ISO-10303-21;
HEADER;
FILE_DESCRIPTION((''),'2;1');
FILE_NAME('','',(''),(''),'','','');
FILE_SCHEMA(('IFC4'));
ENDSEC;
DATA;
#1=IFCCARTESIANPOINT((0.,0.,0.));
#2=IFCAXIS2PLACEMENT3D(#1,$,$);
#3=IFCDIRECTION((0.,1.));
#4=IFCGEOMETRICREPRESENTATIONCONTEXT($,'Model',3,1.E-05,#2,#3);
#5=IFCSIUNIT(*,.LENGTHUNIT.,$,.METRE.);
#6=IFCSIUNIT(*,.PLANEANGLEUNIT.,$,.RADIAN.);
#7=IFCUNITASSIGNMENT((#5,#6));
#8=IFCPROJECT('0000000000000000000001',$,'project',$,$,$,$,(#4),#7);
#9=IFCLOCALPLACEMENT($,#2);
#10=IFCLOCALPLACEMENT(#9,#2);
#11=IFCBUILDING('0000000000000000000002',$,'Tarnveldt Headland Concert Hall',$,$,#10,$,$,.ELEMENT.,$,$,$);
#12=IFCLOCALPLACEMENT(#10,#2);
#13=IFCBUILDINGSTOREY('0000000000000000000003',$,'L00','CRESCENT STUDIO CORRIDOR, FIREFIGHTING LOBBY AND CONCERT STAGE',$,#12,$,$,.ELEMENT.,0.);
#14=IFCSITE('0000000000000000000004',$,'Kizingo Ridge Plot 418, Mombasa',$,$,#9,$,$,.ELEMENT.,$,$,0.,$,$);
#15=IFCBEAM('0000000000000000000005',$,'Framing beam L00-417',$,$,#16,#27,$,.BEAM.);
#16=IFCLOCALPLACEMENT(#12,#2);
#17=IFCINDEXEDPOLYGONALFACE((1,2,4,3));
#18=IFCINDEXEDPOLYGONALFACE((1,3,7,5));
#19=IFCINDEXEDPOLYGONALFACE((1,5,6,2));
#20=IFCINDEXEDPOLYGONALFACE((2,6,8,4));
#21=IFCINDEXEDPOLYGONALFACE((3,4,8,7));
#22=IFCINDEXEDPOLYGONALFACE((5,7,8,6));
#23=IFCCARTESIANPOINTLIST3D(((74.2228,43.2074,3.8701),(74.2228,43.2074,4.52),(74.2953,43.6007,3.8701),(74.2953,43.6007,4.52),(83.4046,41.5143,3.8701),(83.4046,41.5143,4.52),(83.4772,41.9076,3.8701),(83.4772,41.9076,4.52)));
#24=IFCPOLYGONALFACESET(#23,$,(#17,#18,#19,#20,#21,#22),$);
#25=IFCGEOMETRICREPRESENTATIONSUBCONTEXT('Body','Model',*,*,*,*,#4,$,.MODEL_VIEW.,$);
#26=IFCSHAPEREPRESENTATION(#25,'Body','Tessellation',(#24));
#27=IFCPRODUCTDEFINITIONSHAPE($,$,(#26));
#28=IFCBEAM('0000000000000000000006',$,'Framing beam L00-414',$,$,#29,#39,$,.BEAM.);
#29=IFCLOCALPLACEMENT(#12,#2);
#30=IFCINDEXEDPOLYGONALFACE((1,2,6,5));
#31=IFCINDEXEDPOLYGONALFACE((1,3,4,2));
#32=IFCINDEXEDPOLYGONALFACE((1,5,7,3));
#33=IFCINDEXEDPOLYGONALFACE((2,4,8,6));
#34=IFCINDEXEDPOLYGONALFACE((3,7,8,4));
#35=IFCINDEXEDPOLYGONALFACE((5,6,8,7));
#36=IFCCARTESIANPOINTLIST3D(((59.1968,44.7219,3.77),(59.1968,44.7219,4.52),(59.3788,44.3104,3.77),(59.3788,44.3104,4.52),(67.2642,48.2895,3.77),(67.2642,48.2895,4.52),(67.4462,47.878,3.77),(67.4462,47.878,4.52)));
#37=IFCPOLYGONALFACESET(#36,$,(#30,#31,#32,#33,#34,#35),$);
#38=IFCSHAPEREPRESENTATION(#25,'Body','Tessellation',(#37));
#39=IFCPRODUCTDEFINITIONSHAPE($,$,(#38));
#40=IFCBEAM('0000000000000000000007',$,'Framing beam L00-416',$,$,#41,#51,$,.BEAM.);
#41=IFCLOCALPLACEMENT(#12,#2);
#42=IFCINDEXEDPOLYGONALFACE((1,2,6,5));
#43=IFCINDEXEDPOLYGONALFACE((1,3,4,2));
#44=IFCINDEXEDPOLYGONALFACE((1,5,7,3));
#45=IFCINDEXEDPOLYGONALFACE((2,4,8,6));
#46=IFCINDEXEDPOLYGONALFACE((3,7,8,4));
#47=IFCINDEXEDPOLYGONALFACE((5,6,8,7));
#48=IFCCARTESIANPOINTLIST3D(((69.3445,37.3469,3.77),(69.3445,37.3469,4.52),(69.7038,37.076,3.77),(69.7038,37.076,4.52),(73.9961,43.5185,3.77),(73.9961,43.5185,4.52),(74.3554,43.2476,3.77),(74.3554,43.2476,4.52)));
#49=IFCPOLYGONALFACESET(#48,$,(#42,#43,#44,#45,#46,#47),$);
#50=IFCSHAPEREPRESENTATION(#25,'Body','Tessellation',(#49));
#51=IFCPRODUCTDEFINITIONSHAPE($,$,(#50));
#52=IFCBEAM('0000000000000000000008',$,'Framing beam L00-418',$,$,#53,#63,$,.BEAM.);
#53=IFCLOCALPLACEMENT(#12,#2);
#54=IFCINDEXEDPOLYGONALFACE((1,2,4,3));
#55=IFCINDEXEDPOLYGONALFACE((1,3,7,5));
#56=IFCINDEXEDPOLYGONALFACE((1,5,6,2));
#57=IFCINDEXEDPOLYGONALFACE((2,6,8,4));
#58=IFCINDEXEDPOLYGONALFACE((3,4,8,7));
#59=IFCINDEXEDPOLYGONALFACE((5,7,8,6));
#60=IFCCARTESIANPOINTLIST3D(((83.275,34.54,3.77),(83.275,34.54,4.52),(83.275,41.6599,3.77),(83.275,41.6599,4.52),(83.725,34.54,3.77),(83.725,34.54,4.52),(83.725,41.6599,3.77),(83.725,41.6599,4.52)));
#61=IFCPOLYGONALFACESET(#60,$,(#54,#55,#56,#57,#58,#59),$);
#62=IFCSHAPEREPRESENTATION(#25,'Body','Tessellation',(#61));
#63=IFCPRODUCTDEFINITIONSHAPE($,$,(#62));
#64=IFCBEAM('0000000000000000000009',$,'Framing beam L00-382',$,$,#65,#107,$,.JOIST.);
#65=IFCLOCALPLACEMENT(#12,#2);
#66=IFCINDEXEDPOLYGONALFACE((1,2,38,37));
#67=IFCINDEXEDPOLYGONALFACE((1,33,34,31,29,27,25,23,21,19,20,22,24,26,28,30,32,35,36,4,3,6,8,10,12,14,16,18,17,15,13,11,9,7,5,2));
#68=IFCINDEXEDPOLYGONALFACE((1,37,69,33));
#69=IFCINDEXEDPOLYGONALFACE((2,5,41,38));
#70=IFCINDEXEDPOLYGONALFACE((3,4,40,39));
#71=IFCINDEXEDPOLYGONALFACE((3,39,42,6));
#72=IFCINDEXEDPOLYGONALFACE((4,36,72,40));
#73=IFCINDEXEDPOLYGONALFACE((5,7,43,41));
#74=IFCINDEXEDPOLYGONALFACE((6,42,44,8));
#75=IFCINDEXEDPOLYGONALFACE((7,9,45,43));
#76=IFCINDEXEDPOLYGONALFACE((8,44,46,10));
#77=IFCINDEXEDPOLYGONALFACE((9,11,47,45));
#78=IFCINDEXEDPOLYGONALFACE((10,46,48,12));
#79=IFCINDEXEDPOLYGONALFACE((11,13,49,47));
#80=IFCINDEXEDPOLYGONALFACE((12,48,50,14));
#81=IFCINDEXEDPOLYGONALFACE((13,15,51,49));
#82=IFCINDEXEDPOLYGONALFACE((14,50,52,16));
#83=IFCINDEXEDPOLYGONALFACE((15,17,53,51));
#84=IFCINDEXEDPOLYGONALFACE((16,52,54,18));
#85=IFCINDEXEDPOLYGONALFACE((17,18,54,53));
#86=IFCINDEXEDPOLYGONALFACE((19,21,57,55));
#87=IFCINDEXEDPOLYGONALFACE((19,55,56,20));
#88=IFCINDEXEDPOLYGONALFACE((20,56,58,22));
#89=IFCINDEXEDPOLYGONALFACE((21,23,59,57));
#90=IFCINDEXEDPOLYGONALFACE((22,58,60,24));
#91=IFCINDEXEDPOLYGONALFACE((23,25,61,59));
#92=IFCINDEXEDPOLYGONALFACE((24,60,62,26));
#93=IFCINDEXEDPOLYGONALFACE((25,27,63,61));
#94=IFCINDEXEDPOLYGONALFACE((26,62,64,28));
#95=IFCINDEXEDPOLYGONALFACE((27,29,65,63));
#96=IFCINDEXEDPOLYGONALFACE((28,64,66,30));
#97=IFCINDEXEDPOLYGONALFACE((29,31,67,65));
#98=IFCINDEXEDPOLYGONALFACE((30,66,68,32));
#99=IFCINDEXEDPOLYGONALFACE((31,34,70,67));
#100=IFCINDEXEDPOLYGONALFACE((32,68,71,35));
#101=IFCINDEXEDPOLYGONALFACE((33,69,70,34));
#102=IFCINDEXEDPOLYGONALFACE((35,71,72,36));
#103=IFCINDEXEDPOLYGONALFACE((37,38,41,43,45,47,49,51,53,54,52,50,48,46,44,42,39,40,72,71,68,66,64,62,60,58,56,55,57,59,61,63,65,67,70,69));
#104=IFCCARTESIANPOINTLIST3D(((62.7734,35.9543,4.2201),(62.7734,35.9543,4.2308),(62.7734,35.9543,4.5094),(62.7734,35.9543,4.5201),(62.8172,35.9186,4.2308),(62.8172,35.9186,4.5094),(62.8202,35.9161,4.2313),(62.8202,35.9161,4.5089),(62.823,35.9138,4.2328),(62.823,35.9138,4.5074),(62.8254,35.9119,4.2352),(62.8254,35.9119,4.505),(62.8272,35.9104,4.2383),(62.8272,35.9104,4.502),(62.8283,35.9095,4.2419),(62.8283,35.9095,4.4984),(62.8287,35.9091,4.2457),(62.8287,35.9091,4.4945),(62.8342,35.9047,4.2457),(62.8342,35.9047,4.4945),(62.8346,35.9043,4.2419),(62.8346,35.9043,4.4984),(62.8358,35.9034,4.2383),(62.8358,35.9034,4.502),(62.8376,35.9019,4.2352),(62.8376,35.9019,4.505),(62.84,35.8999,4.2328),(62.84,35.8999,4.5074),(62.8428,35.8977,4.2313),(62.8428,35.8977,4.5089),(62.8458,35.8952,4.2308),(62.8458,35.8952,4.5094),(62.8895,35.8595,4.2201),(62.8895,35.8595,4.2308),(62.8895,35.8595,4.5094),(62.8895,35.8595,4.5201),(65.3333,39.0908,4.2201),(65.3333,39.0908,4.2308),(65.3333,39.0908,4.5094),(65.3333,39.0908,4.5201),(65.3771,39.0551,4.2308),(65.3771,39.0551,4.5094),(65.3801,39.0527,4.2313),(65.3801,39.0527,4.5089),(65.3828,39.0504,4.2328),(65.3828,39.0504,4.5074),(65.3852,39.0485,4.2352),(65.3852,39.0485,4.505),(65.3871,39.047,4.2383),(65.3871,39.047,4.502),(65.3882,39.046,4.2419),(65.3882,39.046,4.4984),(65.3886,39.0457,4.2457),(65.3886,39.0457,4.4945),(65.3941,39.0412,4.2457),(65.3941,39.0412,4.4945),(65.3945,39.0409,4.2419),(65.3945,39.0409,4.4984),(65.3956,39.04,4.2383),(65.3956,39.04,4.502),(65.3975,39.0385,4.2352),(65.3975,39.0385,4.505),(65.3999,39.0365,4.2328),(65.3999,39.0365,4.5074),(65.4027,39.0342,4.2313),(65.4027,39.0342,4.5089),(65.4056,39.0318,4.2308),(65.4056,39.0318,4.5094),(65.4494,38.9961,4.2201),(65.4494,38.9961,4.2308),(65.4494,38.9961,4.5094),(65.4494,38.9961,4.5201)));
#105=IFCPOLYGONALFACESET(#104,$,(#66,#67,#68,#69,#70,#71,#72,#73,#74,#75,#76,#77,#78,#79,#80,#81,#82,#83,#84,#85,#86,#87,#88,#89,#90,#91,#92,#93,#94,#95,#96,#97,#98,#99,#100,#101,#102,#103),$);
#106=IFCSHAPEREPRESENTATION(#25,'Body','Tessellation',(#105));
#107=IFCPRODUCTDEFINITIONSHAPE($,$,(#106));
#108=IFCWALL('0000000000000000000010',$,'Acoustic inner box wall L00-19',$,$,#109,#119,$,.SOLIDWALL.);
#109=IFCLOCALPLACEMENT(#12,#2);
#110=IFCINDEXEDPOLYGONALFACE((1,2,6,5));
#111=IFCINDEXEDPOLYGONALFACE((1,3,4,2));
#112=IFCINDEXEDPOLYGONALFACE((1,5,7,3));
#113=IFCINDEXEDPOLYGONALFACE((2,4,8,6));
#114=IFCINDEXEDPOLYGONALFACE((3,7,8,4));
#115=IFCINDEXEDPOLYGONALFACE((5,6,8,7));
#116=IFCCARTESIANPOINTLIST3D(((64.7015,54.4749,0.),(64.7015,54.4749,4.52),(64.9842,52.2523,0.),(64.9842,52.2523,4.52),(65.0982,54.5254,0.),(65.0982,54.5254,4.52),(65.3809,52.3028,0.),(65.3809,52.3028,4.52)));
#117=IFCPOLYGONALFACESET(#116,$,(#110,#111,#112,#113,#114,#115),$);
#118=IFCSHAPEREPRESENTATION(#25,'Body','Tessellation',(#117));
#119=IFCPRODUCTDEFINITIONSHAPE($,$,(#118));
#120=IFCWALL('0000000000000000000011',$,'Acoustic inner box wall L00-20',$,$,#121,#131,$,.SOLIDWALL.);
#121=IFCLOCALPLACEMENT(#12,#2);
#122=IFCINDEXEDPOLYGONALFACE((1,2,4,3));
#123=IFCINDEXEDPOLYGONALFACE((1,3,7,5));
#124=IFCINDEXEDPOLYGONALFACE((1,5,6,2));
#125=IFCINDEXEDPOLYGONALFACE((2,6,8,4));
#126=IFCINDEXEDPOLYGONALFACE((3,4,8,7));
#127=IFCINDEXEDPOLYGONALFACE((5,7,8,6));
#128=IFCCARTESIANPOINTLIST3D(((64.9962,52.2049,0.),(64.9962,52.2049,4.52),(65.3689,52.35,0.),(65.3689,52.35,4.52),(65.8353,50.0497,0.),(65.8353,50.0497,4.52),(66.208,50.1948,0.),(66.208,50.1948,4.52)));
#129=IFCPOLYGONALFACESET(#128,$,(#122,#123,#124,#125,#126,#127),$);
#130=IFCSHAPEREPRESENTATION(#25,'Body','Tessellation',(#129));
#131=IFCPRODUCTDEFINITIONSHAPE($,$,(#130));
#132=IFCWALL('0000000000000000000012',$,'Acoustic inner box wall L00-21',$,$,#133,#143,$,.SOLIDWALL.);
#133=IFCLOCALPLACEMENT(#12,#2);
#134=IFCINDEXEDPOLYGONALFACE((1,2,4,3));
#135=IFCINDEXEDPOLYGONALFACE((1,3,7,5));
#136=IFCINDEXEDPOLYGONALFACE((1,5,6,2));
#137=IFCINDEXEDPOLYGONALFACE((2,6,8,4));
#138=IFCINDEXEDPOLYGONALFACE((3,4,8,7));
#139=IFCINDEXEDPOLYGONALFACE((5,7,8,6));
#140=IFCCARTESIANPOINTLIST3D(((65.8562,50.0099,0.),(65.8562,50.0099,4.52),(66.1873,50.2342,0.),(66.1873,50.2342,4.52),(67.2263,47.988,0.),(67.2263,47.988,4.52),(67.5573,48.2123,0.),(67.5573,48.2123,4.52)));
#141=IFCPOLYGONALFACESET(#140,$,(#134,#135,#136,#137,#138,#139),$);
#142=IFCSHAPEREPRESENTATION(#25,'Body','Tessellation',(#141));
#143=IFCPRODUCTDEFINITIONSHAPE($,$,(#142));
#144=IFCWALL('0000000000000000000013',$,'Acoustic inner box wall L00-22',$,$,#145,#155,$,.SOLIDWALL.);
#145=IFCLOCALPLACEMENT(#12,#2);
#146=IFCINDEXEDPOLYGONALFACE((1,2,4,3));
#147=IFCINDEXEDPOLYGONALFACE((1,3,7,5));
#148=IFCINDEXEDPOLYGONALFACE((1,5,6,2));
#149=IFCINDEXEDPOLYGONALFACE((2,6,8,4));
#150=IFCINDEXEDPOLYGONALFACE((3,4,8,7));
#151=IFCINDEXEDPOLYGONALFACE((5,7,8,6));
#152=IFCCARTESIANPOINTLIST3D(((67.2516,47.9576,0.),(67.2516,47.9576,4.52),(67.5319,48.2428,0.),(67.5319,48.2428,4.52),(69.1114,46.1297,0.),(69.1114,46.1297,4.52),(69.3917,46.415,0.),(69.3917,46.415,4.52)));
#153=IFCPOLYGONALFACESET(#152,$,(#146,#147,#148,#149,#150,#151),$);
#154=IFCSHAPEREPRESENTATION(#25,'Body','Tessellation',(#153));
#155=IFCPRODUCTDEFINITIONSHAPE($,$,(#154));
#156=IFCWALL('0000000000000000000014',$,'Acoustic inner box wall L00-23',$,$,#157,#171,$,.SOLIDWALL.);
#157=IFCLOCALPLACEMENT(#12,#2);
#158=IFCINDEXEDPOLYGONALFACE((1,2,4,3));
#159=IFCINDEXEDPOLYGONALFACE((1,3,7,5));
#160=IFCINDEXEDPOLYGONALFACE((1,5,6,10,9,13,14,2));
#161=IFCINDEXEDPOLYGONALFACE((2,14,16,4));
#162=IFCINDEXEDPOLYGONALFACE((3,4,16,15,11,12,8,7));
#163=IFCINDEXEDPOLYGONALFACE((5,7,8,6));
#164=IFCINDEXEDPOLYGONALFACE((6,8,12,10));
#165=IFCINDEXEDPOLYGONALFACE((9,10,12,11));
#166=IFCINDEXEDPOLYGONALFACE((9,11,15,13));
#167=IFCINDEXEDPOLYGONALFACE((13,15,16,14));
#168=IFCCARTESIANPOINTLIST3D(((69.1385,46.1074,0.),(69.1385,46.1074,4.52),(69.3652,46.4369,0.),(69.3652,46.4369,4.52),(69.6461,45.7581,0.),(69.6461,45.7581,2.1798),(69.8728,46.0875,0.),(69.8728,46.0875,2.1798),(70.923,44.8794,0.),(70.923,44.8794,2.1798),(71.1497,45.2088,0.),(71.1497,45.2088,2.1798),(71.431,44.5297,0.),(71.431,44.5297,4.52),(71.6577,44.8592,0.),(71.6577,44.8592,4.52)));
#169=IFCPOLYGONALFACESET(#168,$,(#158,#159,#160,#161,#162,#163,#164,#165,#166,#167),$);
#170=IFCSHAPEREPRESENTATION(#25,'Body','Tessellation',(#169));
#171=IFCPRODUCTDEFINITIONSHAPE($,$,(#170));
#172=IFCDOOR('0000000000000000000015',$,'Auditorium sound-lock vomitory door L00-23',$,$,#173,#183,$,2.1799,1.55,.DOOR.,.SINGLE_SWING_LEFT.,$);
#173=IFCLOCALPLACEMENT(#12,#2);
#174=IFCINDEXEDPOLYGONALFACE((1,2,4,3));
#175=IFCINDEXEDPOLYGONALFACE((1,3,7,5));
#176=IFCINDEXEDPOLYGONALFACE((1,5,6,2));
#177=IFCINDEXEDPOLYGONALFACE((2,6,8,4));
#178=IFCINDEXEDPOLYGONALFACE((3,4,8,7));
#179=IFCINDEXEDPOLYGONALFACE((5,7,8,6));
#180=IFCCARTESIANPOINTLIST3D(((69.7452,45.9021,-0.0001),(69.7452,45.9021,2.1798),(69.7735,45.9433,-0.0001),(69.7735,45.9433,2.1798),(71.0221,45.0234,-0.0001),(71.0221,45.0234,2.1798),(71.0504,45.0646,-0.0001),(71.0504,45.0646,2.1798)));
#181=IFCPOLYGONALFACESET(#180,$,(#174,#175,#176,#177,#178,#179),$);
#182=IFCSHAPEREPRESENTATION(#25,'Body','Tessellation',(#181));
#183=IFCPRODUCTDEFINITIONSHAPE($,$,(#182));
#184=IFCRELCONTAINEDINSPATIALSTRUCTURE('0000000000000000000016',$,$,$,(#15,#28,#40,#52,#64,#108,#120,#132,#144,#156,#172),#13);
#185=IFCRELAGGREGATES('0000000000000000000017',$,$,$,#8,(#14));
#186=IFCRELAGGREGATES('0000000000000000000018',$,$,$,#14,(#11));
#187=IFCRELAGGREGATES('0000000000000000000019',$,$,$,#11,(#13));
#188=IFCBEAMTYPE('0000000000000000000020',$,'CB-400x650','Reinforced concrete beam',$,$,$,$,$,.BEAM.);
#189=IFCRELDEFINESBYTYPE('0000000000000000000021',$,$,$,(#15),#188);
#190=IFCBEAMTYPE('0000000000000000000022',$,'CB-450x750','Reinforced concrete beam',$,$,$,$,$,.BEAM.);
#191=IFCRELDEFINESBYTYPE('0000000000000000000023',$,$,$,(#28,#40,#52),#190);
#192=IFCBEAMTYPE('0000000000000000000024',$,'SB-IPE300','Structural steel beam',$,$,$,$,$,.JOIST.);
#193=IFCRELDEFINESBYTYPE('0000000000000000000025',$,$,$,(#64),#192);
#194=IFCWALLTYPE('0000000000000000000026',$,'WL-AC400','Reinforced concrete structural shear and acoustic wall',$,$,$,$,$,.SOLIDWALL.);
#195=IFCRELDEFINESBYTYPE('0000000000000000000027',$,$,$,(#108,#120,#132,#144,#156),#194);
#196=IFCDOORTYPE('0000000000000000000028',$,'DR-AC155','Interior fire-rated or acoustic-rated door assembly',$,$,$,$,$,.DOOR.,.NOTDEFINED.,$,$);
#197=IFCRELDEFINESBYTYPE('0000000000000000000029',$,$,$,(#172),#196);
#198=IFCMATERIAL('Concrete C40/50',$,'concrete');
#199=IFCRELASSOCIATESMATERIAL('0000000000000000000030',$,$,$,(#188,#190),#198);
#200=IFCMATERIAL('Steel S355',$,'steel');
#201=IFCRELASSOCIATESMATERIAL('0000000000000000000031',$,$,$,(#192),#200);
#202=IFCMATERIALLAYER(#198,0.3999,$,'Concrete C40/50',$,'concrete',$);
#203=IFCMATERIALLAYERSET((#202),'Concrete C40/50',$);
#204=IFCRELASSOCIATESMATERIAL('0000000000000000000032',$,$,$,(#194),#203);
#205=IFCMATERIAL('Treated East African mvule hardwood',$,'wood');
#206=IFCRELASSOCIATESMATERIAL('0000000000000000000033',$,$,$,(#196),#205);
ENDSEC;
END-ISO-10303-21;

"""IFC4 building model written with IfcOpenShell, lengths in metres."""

from ifc_helpers import new_model, si_unit, direction, frame, frame_2d, origin, origin_2d, place, context, subcontext, project, spatial, rectangle, i_section, extrude, material, layer, layer_set, material_profile, profile_set, type_object, element, fill, save


model = new_model("IFC4")

# Units and contexts
model_context = context("Model", 3, precision=1e-05, world=origin(), true_north=direction((0.0, 1.0)))
body_context = subcontext(model_context, "Body", "Model", "MODEL_VIEW")
ifc_project = project(units=[si_unit("LENGTHUNIT", "METRE"), si_unit("PLANEANGLEUNIT", "RADIAN")], contexts=[model_context])

# Site, building, storey
site_placement = place(None, origin())
site = spatial("IfcSite", under=ifc_project, at=site_placement, Name="Kizingo Ridge Plot 418, Mombasa", CompositionType="ELEMENT", RefElevation=0.0)
building_placement = place(site_placement, origin())
building = spatial("IfcBuilding", under=site, at=building_placement, Name="Tarnveldt Headland Concert Hall", CompositionType="ELEMENT")
storey_placement = place(building_placement, origin())
storey = spatial("IfcBuildingStorey", under=building, at=storey_placement, Name="L00", Description="CRESCENT STUDIO CORRIDOR, FIREFIGHTING LOBBY AND CONCERT STAGE", CompositionType="ELEMENT", Elevation=0.0)

# Shared definitions
ifc_material_1 = material(Name="Concrete C40/50", Category="concrete")
ifc_material_2 = material(Name="Steel S355", Category="steel")

# Beams
ifc_material_profile_1 = material_profile(ifc_material_1, rectangle(XDim=0.3999, YDim=0.6499, at=origin_2d()), Name="RC 400x650", Category="concrete")
ifc_profile_set_1 = profile_set([ifc_material_profile_1], Name="Concrete C40/50")
beam_type_1 = type_object("IfcBeamType", Name="CB-400x650", Description="Reinforced concrete beam", PredefinedType="BEAM", material=ifc_profile_set_1)
beam_1_placement = place(storey_placement, frame((74.259, 43.4041, 4.1951), z_axis=(0.98342, -0.18134, 0.0), x_axis=(0.18134, 0.98342, 0.0)))
element("IfcBeam", 1, at=beam_1_placement, inside=storey, type_object=beam_type_1, Name="Framing beam L00-417", PredefinedType="BEAM", context=body_context, shape_type="SweptSolid", body=[
    extrude(rectangle(XDim=0.3999, YDim=0.6499, at=origin_2d()), origin(), (0.0, 0.0, 1.0), 9.3367),
])
ifc_material_profile_2 = material_profile(ifc_material_1, rectangle(XDim=0.45, YDim=0.75, at=origin_2d()), Name="RC 450x750", Category="concrete")
ifc_profile_set_2 = profile_set([ifc_material_profile_2], Name="Concrete C40/50")
beam_type_2 = type_object("IfcBeamType", Name="CB-450x750", Description="Reinforced concrete beam", PredefinedType="BEAM", material=ifc_profile_set_2)
beam_2_placement = place(storey_placement, frame((67.3552, 48.0837, 4.145), z_axis=(-0.914562, -0.404445, 0.0), x_axis=(0.404445, -0.914562, 0.0)))
element("IfcBeam", 2, at=beam_2_placement, inside=storey, type_object=beam_type_2, Name="Framing beam L00-414", PredefinedType="BEAM", context=body_context, shape_type="SweptSolid", body=[
    extrude(rectangle(XDim=0.45, YDim=0.75, at=origin_2d()), origin(), (0.0, 0.0, 1.0), 8.821),
])
beam_3_placement = place(storey_placement, frame((74.1758, 43.3831, 4.145), z_axis=(-0.601894, -0.798576, 0.0), x_axis=(0.798576, -0.601894, 0.0)))
element("IfcBeam", 3, at=beam_3_placement, inside=storey, type_object=beam_type_2, Name="Framing beam L00-416", PredefinedType="BEAM", context=body_context, shape_type="SweptSolid", body=[
    extrude(rectangle(XDim=0.45, YDim=0.75, at=origin_2d()), origin(), (0.0, 0.0, 1.0), 7.7283),
])
beam_4_placement = place(storey_placement, frame((83.5, 41.6599, 4.145), z_axis=(0.0, -1.0, 0.0), x_axis=(1.0, 0.0, 0.0)))
element("IfcBeam", 4, at=beam_4_placement, inside=storey, type_object=beam_type_2, Name="Framing beam L00-418", PredefinedType="BEAM", context=body_context, shape_type="SweptSolid", body=[
    extrude(rectangle(XDim=0.45, YDim=0.75, at=origin_2d()), origin(), (0.0, 0.0, 1.0), 7.1199),
])
ifc_material_profile_3 = material_profile(ifc_material_2, i_section(OverallWidth=0.1499, OverallDepth=0.3, WebThickness=0.0071, FlangeThickness=0.0107, FilletRadius=0.0149, at=origin_2d()), Name="IPE300", Category="steel")
ifc_profile_set_3 = profile_set([ifc_material_profile_3], Name="Steel S355")
beam_type_3 = type_object("IfcBeamType", Name="SB-IPE300", Description="Structural steel beam", PredefinedType="JOIST", material=ifc_profile_set_3)
beam_5_placement = place(storey_placement, frame((65.3914, 39.0435, 4.3701), z_axis=(-0.632292, -0.774731, 0.0), x_axis=(0.774731, -0.632292, 0.0)))
element("IfcBeam", 5, at=beam_5_placement, inside=storey, type_object=beam_type_3, Name="Framing beam L00-382", PredefinedType="JOIST", context=body_context, shape_type="SweptSolid", body=[
    extrude(i_section(OverallWidth=0.1499, OverallDepth=0.3, WebThickness=0.0071, FlangeThickness=0.0107, FilletRadius=0.0149, at=origin_2d()), origin(), (0.0, 0.0, 1.0), 4.0486),
])

# Walls
ifc_layer_1 = layer(ifc_material_1, 0.3999, Name="Concrete C40/50", Category="concrete")
ifc_layer_set_1 = layer_set([ifc_layer_1], Name="Concrete C40/50")
wall_type_1 = type_object("IfcWallType", Name="WL-AC400", Description="Reinforced concrete structural shear and acoustic wall", PredefinedType="SOLIDWALL", material=ifc_layer_set_1)
wall_1_placement = place(storey_placement, frame((64.8999, 54.5, 0.0), z_axis=(0.0, 0.0, 1.0), x_axis=(0.12618, -0.992007, 0.0)))
element("IfcWall", 6, at=wall_1_placement, inside=storey, type_object=wall_type_1, Name="Acoustic inner box wall L00-19", PredefinedType="SOLIDWALL", context=body_context, shape_type="SweptSolid", body=[
    extrude(rectangle(XDim=2.2405, YDim=0.3999, at=frame_2d((1.1201, 0.0))), origin(), (0.0, 0.0, 1.0), 4.52),
])
wall_2_placement = place(storey_placement, frame((65.1826, 52.2773, 0.0), z_axis=(0.0, 0.0, 1.0), x_axis=(0.362803, -0.931866, 0.0)))
element("IfcWall", 7, at=wall_2_placement, inside=storey, type_object=wall_type_1, Name="Acoustic inner box wall L00-20", PredefinedType="SOLIDWALL", context=body_context, shape_type="SweptSolid", body=[
    extrude(rectangle(XDim=2.3127, YDim=0.3999, at=frame_2d((1.1562, 0.0))), origin(), (0.0, 0.0, 1.0), 4.52),
])
wall_3_placement = place(storey_placement, frame((66.0217, 50.1221, 0.0), z_axis=(0.0, 0.0, 1.0), x_axis=(0.560959, -0.827844, 0.0)))
element("IfcWall", 8, at=wall_3_placement, inside=storey, type_object=wall_type_1, Name="Acoustic inner box wall L00-21", PredefinedType="SOLIDWALL", context=body_context, shape_type="SweptSolid", body=[
    extrude(rectangle(XDim=2.4424, YDim=0.3999, at=frame_2d((1.2212, 0.0))), origin(), (0.0, 0.0, 1.0), 4.52),
])
wall_4_placement = place(storey_placement, frame((67.3918, 48.1001, 0.0), z_axis=(0.0, 0.0, 1.0), x_axis=(0.713212, -0.700948, 0.0)))
element("IfcWall", 9, at=wall_4_placement, inside=storey, type_object=wall_type_1, Name="Acoustic inner box wall L00-22", PredefinedType="SOLIDWALL", context=body_context, shape_type="SweptSolid", body=[
    extrude(rectangle(XDim=2.6077, YDim=0.3999, at=frame_2d((1.3037, 0.0))), origin(), (0.0, 0.0, 1.0), 4.52),
])

# Wall, opening, door
wall_5_placement = place(storey_placement, frame((69.2517, 46.2722, 0.0), z_axis=(0.0, 0.0, 1.0), x_axis=(0.823781, -0.566909, 0.0)))
wall_5 = element("IfcWall", 10, at=wall_5_placement, inside=storey, type_object=wall_type_1, Name="Acoustic inner box wall L00-23", PredefinedType="SOLIDWALL", context=body_context, shape_type="SweptSolid", body=[
    extrude(rectangle(XDim=2.783, YDim=0.3999, at=frame_2d((1.3916, 0.0))), origin(), (0.0, 0.0, 1.0), 4.52),
])
opening_1_placement = place(wall_5_placement, frame((0.6165, 0.0, 0.0)))
opening_1 = element("IfcOpeningElement", 11, at=opening_1_placement, cuts=wall_5, PredefinedType="OPENING", context=body_context, shape_type="SweptSolid", body=[
    extrude(rectangle(XDim=1.55, YDim=2.1799, at=frame_2d((0.7749, 1.0898))), frame((0.0, 0.21, 0.0), z_axis=(0.0, -1.0, 0.0), x_axis=(1.0, 0.0, 0.0)), (0.0, 0.0, 1.0), 0.4199),
])
ifc_material_3 = material(Name="Treated East African mvule hardwood", Category="wood")
door_type_1 = type_object("IfcDoorType", Name="DR-AC155", Description="Interior fire-rated or acoustic-rated door assembly", OperationType="NOTDEFINED", PredefinedType="DOOR", material=ifc_material_3)
door_1_placement = place(opening_1_placement, origin())
door_1 = element("IfcDoor", 12, at=door_1_placement, inside=storey, type_object=door_type_1, Name="Auditorium sound-lock vomitory door L00-23", OperationType="SINGLE_SWING_LEFT", OverallHeight=2.1799, OverallWidth=1.55, PredefinedType="DOOR", context=body_context, shape_type="SweptSolid", body=[
    extrude(rectangle(XDim=1.55, YDim=2.1799, at=frame_2d((0.7749, 1.0898))), frame((0.0, 0.0249, 0.0), z_axis=(0.0, -1.0, 0.0), x_axis=(1.0, 0.0, 0.0)), (0.0, 0.0, 1.0), 0.05),
])
fill(opening_1, door_1)

save(model, "model.ifc")
